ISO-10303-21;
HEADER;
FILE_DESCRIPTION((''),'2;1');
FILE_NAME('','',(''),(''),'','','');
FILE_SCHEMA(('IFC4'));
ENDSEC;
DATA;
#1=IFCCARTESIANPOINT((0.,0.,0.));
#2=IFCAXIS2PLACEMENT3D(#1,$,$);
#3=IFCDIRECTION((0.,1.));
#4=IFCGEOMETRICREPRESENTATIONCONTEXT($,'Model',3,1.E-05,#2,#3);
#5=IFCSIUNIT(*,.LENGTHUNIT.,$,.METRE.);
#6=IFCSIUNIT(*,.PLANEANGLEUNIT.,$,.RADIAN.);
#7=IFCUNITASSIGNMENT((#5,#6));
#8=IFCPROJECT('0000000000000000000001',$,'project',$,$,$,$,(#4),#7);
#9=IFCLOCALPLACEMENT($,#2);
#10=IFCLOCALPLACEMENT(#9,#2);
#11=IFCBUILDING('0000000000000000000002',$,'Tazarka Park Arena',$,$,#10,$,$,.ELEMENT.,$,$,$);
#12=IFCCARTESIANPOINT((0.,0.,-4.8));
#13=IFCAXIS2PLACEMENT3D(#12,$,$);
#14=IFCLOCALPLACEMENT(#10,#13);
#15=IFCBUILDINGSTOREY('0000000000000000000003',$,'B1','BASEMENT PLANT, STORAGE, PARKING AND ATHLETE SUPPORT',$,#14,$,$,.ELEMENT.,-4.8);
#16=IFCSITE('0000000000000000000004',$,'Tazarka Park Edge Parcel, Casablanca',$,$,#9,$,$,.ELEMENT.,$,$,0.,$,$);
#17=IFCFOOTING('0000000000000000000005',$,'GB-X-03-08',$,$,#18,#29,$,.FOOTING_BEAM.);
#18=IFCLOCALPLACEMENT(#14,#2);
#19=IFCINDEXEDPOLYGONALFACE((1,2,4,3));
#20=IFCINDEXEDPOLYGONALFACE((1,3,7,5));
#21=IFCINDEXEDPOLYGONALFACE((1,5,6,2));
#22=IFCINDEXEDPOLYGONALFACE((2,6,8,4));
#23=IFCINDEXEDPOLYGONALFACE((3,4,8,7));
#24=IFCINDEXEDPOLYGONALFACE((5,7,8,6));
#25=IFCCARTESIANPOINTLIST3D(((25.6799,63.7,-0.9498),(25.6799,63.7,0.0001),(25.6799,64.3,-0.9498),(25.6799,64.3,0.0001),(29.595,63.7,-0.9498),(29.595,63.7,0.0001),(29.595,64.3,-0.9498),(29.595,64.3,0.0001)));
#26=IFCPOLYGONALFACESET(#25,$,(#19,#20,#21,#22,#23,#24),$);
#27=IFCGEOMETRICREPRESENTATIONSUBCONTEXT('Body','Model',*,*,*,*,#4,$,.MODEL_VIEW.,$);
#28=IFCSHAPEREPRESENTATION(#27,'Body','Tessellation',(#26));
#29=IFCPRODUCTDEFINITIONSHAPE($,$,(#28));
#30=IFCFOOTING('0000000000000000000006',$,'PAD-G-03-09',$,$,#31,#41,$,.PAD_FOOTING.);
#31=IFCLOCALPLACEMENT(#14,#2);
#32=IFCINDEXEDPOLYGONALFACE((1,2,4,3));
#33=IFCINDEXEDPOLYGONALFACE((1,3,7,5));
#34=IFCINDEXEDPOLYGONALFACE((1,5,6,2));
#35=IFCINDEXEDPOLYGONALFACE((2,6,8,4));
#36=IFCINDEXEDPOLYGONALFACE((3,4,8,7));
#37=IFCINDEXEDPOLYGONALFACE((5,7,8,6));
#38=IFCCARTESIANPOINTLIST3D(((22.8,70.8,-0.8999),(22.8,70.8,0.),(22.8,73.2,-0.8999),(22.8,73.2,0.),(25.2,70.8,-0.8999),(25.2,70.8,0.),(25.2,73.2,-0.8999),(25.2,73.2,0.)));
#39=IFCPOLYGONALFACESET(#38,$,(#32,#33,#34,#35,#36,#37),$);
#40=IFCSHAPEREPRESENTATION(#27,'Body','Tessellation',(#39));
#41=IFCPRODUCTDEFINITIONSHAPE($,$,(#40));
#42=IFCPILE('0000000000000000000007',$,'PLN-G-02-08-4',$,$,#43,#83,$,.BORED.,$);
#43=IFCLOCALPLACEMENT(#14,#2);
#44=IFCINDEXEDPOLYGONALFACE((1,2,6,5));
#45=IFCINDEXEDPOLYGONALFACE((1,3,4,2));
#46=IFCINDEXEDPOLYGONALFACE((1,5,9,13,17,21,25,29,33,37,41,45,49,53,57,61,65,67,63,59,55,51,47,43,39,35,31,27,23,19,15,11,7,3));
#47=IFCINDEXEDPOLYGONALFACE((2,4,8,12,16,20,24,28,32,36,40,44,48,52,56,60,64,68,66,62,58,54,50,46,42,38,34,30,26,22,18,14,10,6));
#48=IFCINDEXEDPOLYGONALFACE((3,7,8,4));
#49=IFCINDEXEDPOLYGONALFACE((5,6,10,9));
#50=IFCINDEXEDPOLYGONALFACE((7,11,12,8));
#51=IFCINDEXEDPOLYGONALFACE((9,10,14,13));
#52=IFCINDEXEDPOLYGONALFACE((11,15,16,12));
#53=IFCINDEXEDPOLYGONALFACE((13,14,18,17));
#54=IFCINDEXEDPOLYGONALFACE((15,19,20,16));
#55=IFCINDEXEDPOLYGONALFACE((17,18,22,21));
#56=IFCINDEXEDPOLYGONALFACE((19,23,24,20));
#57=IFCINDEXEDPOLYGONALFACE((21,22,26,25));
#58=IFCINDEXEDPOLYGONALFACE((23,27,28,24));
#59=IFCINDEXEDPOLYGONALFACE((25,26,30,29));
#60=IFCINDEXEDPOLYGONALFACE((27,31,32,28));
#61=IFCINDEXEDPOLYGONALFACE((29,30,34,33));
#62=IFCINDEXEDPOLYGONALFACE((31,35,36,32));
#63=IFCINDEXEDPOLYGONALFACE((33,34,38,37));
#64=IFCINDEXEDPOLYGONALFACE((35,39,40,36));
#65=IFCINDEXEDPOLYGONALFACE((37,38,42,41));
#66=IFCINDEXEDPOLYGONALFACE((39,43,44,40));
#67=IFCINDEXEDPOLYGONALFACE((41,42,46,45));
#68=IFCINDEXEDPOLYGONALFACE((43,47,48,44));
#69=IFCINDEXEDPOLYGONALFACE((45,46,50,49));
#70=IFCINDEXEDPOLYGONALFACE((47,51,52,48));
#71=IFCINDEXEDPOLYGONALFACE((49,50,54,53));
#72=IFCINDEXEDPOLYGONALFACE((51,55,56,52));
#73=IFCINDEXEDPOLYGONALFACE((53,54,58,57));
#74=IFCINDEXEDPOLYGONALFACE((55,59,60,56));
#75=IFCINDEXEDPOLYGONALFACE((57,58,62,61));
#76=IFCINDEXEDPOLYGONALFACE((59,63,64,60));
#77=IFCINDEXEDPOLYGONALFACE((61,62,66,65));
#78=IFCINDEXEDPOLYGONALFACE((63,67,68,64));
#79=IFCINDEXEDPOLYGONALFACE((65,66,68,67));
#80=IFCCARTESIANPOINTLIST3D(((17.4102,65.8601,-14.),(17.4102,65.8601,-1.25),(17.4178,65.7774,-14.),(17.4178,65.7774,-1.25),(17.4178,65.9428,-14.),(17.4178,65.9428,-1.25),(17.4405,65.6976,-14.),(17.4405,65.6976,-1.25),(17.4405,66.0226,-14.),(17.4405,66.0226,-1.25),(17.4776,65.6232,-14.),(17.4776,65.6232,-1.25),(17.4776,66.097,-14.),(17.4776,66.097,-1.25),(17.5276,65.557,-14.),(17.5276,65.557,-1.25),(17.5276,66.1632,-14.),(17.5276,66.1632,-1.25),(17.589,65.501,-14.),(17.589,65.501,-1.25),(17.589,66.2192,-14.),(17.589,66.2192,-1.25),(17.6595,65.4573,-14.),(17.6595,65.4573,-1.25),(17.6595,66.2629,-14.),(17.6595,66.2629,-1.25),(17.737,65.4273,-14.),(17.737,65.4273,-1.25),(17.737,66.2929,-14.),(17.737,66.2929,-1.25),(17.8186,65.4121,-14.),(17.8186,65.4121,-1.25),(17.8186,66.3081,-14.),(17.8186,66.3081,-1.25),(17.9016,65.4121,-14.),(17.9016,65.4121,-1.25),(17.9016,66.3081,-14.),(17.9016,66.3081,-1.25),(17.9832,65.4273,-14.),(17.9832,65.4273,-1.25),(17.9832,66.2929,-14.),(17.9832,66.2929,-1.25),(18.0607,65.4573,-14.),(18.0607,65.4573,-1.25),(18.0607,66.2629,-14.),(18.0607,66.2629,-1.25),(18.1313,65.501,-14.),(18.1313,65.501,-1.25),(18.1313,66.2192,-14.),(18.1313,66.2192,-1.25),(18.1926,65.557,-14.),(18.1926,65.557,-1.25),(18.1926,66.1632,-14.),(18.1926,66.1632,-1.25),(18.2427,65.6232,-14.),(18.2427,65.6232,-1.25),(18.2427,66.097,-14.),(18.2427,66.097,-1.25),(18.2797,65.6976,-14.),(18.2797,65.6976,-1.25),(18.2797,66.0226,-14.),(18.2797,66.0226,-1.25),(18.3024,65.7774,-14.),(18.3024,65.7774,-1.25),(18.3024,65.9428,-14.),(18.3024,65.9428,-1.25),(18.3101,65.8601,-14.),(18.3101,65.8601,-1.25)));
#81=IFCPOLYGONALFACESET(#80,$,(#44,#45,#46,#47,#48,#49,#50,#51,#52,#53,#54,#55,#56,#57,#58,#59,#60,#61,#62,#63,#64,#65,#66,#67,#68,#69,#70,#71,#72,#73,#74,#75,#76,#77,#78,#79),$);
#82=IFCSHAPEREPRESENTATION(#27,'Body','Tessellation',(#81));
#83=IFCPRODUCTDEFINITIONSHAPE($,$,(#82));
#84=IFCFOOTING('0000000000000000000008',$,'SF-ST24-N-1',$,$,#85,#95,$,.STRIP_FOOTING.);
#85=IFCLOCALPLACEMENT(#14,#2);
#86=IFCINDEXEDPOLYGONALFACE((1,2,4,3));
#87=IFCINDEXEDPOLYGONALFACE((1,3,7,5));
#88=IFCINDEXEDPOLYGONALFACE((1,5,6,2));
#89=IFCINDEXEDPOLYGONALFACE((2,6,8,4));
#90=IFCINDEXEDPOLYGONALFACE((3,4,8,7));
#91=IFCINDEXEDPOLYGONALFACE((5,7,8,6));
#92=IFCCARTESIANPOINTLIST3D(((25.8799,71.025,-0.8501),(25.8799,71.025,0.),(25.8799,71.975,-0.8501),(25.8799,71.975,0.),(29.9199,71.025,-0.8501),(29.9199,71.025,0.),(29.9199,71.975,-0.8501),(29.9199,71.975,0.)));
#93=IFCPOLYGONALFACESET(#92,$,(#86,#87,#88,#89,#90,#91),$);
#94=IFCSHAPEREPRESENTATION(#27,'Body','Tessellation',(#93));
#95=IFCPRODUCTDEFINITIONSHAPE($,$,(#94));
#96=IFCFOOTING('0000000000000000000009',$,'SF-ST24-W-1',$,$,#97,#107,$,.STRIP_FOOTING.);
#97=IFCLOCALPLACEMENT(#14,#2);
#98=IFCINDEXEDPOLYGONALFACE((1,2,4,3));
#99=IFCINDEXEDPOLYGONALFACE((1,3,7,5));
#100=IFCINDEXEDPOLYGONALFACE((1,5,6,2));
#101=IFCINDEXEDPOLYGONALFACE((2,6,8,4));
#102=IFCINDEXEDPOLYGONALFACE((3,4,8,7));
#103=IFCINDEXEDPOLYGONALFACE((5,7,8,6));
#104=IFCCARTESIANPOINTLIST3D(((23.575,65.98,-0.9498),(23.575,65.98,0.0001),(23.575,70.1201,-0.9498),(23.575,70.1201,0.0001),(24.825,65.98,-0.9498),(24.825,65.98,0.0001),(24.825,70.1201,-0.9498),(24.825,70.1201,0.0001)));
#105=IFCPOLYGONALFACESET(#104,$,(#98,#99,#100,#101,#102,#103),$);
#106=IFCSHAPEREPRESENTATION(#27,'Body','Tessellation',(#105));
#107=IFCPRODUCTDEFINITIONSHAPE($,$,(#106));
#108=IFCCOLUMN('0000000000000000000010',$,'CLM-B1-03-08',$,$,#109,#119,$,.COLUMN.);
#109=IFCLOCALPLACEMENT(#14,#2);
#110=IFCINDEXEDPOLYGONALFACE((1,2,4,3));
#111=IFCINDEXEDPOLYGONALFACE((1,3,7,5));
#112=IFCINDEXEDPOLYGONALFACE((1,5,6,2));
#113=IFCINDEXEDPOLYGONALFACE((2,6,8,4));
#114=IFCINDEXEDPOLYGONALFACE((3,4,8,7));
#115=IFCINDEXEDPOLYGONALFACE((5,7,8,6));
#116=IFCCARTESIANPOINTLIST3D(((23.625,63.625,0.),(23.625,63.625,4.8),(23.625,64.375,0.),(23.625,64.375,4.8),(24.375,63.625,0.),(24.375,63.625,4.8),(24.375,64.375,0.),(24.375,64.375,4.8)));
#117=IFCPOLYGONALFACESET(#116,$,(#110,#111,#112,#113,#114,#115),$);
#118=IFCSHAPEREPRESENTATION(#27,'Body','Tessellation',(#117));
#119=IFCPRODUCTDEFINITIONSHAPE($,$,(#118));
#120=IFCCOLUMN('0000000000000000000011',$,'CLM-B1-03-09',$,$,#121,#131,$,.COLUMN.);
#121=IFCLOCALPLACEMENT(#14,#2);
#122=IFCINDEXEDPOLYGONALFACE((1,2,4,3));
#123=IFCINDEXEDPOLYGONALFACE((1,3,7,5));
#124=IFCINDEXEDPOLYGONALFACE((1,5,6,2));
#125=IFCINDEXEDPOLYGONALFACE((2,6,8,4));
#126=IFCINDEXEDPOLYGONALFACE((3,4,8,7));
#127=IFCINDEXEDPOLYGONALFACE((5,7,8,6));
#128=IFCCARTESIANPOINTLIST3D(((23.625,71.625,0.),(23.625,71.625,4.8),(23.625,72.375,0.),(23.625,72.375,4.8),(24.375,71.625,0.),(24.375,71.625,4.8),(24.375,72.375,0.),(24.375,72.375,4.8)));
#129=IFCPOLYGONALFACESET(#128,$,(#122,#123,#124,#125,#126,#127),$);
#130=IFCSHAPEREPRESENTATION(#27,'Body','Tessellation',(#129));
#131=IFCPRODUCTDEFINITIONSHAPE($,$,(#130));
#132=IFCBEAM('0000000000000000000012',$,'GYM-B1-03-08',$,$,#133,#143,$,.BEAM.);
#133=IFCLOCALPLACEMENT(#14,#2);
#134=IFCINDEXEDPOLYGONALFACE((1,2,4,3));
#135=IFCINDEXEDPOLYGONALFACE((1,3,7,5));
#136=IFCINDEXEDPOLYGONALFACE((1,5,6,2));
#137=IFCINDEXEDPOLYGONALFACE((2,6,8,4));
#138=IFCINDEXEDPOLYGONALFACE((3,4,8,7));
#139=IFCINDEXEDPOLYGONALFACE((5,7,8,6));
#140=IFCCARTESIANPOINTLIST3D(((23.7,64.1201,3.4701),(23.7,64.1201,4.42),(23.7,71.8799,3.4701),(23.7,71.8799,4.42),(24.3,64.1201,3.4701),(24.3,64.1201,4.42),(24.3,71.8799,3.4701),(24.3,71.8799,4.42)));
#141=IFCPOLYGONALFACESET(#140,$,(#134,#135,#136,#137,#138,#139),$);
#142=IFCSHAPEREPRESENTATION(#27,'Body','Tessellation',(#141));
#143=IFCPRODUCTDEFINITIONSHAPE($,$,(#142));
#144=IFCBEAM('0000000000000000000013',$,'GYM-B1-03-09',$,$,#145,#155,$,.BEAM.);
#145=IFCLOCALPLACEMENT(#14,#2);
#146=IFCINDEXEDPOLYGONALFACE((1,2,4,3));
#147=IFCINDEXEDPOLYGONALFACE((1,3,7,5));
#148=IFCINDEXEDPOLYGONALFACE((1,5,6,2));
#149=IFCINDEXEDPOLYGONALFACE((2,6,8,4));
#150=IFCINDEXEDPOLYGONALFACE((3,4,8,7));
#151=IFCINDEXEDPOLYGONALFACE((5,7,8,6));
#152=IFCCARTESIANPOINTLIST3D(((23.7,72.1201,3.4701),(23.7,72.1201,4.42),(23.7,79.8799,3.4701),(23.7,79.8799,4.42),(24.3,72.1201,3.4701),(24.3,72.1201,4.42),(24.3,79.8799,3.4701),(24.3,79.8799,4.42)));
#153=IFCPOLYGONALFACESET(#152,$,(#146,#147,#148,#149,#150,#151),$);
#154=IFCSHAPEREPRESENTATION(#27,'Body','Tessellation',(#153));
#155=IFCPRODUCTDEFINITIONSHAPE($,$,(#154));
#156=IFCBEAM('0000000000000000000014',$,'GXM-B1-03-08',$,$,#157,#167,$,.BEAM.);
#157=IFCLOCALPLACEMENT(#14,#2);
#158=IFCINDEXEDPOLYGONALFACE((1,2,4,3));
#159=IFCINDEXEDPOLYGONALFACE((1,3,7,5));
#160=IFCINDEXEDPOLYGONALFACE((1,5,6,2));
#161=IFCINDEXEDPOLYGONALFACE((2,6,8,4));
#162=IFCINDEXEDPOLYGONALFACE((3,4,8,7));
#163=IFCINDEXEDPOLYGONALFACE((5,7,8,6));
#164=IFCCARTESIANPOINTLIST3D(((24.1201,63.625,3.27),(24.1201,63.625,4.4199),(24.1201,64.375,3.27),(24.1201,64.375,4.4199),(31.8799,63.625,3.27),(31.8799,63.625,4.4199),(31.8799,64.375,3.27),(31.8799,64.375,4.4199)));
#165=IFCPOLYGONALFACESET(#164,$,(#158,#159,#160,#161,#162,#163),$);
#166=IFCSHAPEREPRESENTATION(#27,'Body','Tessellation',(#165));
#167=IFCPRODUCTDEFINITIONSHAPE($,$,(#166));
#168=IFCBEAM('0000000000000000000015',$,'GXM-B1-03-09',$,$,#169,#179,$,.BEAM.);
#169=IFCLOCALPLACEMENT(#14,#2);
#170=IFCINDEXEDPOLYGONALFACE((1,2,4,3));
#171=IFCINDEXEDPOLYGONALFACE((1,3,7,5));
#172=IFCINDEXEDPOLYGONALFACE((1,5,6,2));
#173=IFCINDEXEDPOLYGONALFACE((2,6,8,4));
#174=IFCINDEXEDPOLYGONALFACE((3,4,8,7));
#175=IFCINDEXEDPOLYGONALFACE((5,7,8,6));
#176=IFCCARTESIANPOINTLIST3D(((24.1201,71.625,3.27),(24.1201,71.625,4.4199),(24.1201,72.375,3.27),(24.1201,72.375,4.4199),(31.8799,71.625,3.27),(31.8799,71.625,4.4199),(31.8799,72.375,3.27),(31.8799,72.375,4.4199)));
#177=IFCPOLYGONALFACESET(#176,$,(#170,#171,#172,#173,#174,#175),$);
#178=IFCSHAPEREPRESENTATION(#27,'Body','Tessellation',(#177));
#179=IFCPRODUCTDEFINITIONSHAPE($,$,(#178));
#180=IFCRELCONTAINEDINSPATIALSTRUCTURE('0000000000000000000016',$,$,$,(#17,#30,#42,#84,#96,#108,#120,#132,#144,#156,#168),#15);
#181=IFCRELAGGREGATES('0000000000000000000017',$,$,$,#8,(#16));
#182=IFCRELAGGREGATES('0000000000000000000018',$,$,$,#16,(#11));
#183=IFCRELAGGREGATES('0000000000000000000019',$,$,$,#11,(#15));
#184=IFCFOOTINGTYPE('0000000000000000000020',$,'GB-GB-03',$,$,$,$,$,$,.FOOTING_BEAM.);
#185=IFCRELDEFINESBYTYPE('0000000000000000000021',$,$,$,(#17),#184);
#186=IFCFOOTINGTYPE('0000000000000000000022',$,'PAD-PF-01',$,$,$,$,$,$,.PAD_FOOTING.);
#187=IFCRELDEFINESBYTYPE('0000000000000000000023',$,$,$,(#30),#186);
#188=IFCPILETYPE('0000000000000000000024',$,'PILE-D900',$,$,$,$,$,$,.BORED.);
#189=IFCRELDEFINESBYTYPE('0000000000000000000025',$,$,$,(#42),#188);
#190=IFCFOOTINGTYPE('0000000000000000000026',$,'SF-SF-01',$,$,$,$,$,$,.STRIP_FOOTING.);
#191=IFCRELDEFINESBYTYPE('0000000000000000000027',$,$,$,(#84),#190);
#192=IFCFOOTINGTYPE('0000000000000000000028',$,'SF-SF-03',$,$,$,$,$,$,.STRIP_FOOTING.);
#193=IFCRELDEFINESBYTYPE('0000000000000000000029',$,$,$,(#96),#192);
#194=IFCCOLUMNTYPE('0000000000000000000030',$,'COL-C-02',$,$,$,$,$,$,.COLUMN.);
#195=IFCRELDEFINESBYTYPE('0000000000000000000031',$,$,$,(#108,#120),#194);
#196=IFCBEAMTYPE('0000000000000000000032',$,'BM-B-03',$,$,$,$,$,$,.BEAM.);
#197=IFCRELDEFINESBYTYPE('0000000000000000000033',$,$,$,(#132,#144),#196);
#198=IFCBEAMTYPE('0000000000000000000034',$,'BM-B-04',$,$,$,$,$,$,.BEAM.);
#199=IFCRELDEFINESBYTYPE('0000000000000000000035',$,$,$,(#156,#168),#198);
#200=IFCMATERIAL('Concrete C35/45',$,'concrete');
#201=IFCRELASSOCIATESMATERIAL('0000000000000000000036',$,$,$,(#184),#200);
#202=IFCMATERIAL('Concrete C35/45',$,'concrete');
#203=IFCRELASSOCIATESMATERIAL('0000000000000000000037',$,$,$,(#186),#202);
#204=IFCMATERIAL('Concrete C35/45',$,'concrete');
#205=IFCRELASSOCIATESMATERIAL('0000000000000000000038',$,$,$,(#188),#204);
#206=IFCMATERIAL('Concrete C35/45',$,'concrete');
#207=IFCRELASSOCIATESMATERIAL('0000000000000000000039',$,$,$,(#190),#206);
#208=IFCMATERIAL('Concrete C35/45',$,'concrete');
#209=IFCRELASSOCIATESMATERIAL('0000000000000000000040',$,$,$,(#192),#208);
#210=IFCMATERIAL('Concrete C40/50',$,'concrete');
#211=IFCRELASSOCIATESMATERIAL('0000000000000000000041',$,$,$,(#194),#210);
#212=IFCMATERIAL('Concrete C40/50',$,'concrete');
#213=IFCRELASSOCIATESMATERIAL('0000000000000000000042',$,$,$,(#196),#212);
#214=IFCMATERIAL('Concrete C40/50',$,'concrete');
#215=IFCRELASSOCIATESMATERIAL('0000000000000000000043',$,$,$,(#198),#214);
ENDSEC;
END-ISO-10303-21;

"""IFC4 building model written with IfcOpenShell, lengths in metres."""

from ifc_helpers import new_model, si_unit, direction, frame, origin, origin_2d, place, context, subcontext, project, spatial, rectangle, circle, extrude, material, material_profile, profile_set, type_object, element, save


model = new_model("IFC4")

# Units and contexts
model_context = context("Model", 3, precision=1e-05, world=origin(), true_north=direction((0.0, 1.0)))
body_context = subcontext(model_context, "Body", "Model", "MODEL_VIEW")
ifc_project = project(units=[si_unit("LENGTHUNIT", "METRE"), si_unit("PLANEANGLEUNIT", "RADIAN")], contexts=[model_context])

# Site, building, storey
site_placement = place(None, origin())
site = spatial("IfcSite", under=ifc_project, at=site_placement, Name="Tazarka Park Edge Parcel, Casablanca", CompositionType="ELEMENT", RefElevation=0.0)
building_placement = place(site_placement, origin())
building = spatial("IfcBuilding", under=site, at=building_placement, Name="Tazarka Park Arena", CompositionType="ELEMENT")
storey_placement = place(building_placement, frame((0.0, 0.0, -4.8)))
storey = spatial("IfcBuildingStorey", under=building, at=storey_placement, Name="B1", Description="BASEMENT PLANT, STORAGE, PARKING AND ATHLETE SUPPORT", CompositionType="ELEMENT", Elevation=-4.8)

# Footings
ifc_material_1 = material(Name="Concrete C35/45", Category="concrete")
ifc_material_profile_1 = material_profile(ifc_material_1, rectangle(XDim=0.6001, YDim=0.95, at=origin_2d()), Name="Concrete C35/45")
ifc_profile_set_1 = profile_set([ifc_material_profile_1], Name="Concrete C35/45")
footing_type_1 = type_object("IfcFootingType", Name="GB-GB-03", PredefinedType="FOOTING_BEAM", material=ifc_profile_set_1)
footing_1_placement = place(storey_placement, frame((25.6799, 64.0, -0.4749), z_axis=(1.0, 0.0, 0.0), x_axis=(0.0, 1.0, 0.0)))
element("IfcFooting", 1, at=footing_1_placement, inside=storey, type_object=footing_type_1, Name="GB-X-03-08", PredefinedType="FOOTING_BEAM", context=body_context, shape_type="SweptSolid", body=[
    extrude(rectangle(XDim=0.6001, YDim=0.95, at=origin_2d()), origin(), (0.0, 0.0, 1.0), 3.915),
])
ifc_material_2 = material(Name="Concrete C35/45", Category="concrete")
footing_type_2 = type_object("IfcFootingType", Name="PAD-PF-01", PredefinedType="PAD_FOOTING", material=ifc_material_2)
footing_2_placement = place(storey_placement, frame((24.0, 72.0, -0.8999), z_axis=(0.0, 0.0, 1.0), x_axis=(1.0, 0.0, 0.0)))
element("IfcFooting", 2, at=footing_2_placement, inside=storey, type_object=footing_type_2, Name="PAD-G-03-09", PredefinedType="PAD_FOOTING", context=body_context, shape_type="SweptSolid", body=[
    extrude(rectangle(XDim=2.3999, YDim=2.3999, at=origin_2d()), origin(), (0.0, 0.0, 1.0), 0.8999),
])

# Pile
ifc_material_3 = material(Name="Concrete C35/45", Category="concrete")
ifc_material_profile_2 = material_profile(ifc_material_3, circle(Radius=0.45, at=origin_2d()), Name="Concrete C35/45")
ifc_profile_set_2 = profile_set([ifc_material_profile_2], Name="Concrete C35/45")
pile_type = type_object("IfcPileType", Name="PILE-D900", PredefinedType="BORED", material=ifc_profile_set_2)
pile_placement = place(storey_placement, frame((17.8601, 65.8601, -1.25), z_axis=(0.0, 0.0, -1.0), x_axis=(1.0, 0.0, 0.0)))
element("IfcPile", 3, at=pile_placement, inside=storey, type_object=pile_type, Name="PLN-G-02-08-4", PredefinedType="BORED", context=body_context, shape_type="SweptSolid", body=[
    extrude(circle(Radius=0.45, at=origin_2d()), origin(), (0.0, 0.0, 1.0), 12.75),
])

# Footings
ifc_material_4 = material(Name="Concrete C35/45", Category="concrete")
ifc_material_profile_3 = material_profile(ifc_material_4, rectangle(XDim=0.95, YDim=0.8501, at=origin_2d()), Name="Concrete C35/45")
ifc_profile_set_3 = profile_set([ifc_material_profile_3], Name="Concrete C35/45")
footing_type_3 = type_object("IfcFootingType", Name="SF-SF-01", PredefinedType="STRIP_FOOTING", material=ifc_profile_set_3)
footing_3_placement = place(storey_placement, frame((25.8799, 71.5, -0.425), z_axis=(1.0, 0.0, 0.0), x_axis=(0.0, 1.0, 0.0)))
element("IfcFooting", 4, at=footing_3_placement, inside=storey, type_object=footing_type_3, Name="SF-ST24-N-1", PredefinedType="STRIP_FOOTING", context=body_context, shape_type="SweptSolid", body=[
    extrude(rectangle(XDim=0.95, YDim=0.8501, at=origin_2d()), origin(), (0.0, 0.0, 1.0), 4.04),
])
ifc_material_5 = material(Name="Concrete C35/45", Category="concrete")
ifc_material_profile_4 = material_profile(ifc_material_5, rectangle(XDim=1.25, YDim=0.95, at=origin_2d()), Name="Concrete C35/45")
ifc_profile_set_4 = profile_set([ifc_material_profile_4], Name="Concrete C35/45")
footing_type_4 = type_object("IfcFootingType", Name="SF-SF-03", PredefinedType="STRIP_FOOTING", material=ifc_profile_set_4)
footing_4_placement = place(storey_placement, frame((24.2, 65.98, -0.4749), z_axis=(0.0, 1.0, 0.0), x_axis=(-1.0, 0.0, 0.0)))
element("IfcFooting", 5, at=footing_4_placement, inside=storey, type_object=footing_type_4, Name="SF-ST24-W-1", PredefinedType="STRIP_FOOTING", context=body_context, shape_type="SweptSolid", body=[
    extrude(rectangle(XDim=1.25, YDim=0.95, at=origin_2d()), origin(), (0.0, 0.0, 1.0), 4.1401),
])

# Columns
ifc_material_6 = material(Name="Concrete C40/50", Category="concrete")
ifc_material_profile_5 = material_profile(ifc_material_6, rectangle(XDim=0.75, YDim=0.75, at=origin_2d()), Name="Concrete C40/50")
ifc_profile_set_5 = profile_set([ifc_material_profile_5], Name="Concrete C40/50")
column_type = type_object("IfcColumnType", Name="COL-C-02", PredefinedType="COLUMN", material=ifc_profile_set_5)
for number, where, z_axis, x_axis, name in (
    (6, (24.0, 64.0, 0.0), (0.0, 0.0, 1.0), (1.0, 0.0, 0.0), "CLM-B1-03-08"),
    (7, (24.0, 72.0, 0.0), (0.0, 0.0, 1.0), (1.0, 0.0, 0.0), "CLM-B1-03-09"),
):
    element("IfcColumn", number, at=place(storey_placement, frame(where, z_axis=z_axis, x_axis=x_axis)), inside=storey, type_object=column_type, Name=name, PredefinedType="COLUMN", context=body_context, shape_type="SweptSolid", body=[
        extrude(rectangle(XDim=0.75, YDim=0.75, at=origin_2d()), origin(), (0.0, 0.0, 1.0), 4.8),
    ])

# Beams
ifc_material_7 = material(Name="Concrete C40/50", Category="concrete")
ifc_material_profile_6 = material_profile(ifc_material_7, rectangle(XDim=0.6001, YDim=0.95, at=origin_2d()), Name="Concrete C40/50")
ifc_profile_set_6 = profile_set([ifc_material_profile_6], Name="Concrete C40/50")
beam_type_1 = type_object("IfcBeamType", Name="BM-B-03", PredefinedType="BEAM", material=ifc_profile_set_6)
for number, where, z_axis, x_axis, name in (
    (8, (24.0, 64.1201, 3.9451), (0.0, 1.0, 0.0), (-1.0, 0.0, 0.0), "GYM-B1-03-08"),
    (9, (24.0, 72.1201, 3.9451), (0.0, 1.0, 0.0), (-1.0, 0.0, 0.0), "GYM-B1-03-09"),
):
    element("IfcBeam", number, at=place(storey_placement, frame(where, z_axis=z_axis, x_axis=x_axis)), inside=storey, type_object=beam_type_1, Name=name, PredefinedType="BEAM", context=body_context, shape_type="SweptSolid", body=[
        extrude(rectangle(XDim=0.6001, YDim=0.95, at=origin_2d()), origin(), (0.0, 0.0, 1.0), 7.7598),
    ])
ifc_material_8 = material(Name="Concrete C40/50", Category="concrete")
ifc_material_profile_7 = material_profile(ifc_material_8, rectangle(XDim=0.75, YDim=1.1499, at=origin_2d()), Name="Concrete C40/50")
ifc_profile_set_7 = profile_set([ifc_material_profile_7], Name="Concrete C40/50")
beam_type_2 = type_object("IfcBeamType", Name="BM-B-04", PredefinedType="BEAM", material=ifc_profile_set_7)
for number, where, z_axis, x_axis, name in (
    (10, (24.1201, 64.0, 3.845), (1.0, 0.0, 0.0), (0.0, 1.0, 0.0), "GXM-B1-03-08"),
    (11, (24.1201, 72.0, 3.845), (1.0, 0.0, 0.0), (0.0, 1.0, 0.0), "GXM-B1-03-09"),
):
    element("IfcBeam", number, at=place(storey_placement, frame(where, z_axis=z_axis, x_axis=x_axis)), inside=storey, type_object=beam_type_2, Name=name, PredefinedType="BEAM", context=body_context, shape_type="SweptSolid", body=[
        extrude(rectangle(XDim=0.75, YDim=1.1499, at=origin_2d()), origin(), (0.0, 0.0, 1.0), 7.7598),
    ])

save(model, "model.ifc")
